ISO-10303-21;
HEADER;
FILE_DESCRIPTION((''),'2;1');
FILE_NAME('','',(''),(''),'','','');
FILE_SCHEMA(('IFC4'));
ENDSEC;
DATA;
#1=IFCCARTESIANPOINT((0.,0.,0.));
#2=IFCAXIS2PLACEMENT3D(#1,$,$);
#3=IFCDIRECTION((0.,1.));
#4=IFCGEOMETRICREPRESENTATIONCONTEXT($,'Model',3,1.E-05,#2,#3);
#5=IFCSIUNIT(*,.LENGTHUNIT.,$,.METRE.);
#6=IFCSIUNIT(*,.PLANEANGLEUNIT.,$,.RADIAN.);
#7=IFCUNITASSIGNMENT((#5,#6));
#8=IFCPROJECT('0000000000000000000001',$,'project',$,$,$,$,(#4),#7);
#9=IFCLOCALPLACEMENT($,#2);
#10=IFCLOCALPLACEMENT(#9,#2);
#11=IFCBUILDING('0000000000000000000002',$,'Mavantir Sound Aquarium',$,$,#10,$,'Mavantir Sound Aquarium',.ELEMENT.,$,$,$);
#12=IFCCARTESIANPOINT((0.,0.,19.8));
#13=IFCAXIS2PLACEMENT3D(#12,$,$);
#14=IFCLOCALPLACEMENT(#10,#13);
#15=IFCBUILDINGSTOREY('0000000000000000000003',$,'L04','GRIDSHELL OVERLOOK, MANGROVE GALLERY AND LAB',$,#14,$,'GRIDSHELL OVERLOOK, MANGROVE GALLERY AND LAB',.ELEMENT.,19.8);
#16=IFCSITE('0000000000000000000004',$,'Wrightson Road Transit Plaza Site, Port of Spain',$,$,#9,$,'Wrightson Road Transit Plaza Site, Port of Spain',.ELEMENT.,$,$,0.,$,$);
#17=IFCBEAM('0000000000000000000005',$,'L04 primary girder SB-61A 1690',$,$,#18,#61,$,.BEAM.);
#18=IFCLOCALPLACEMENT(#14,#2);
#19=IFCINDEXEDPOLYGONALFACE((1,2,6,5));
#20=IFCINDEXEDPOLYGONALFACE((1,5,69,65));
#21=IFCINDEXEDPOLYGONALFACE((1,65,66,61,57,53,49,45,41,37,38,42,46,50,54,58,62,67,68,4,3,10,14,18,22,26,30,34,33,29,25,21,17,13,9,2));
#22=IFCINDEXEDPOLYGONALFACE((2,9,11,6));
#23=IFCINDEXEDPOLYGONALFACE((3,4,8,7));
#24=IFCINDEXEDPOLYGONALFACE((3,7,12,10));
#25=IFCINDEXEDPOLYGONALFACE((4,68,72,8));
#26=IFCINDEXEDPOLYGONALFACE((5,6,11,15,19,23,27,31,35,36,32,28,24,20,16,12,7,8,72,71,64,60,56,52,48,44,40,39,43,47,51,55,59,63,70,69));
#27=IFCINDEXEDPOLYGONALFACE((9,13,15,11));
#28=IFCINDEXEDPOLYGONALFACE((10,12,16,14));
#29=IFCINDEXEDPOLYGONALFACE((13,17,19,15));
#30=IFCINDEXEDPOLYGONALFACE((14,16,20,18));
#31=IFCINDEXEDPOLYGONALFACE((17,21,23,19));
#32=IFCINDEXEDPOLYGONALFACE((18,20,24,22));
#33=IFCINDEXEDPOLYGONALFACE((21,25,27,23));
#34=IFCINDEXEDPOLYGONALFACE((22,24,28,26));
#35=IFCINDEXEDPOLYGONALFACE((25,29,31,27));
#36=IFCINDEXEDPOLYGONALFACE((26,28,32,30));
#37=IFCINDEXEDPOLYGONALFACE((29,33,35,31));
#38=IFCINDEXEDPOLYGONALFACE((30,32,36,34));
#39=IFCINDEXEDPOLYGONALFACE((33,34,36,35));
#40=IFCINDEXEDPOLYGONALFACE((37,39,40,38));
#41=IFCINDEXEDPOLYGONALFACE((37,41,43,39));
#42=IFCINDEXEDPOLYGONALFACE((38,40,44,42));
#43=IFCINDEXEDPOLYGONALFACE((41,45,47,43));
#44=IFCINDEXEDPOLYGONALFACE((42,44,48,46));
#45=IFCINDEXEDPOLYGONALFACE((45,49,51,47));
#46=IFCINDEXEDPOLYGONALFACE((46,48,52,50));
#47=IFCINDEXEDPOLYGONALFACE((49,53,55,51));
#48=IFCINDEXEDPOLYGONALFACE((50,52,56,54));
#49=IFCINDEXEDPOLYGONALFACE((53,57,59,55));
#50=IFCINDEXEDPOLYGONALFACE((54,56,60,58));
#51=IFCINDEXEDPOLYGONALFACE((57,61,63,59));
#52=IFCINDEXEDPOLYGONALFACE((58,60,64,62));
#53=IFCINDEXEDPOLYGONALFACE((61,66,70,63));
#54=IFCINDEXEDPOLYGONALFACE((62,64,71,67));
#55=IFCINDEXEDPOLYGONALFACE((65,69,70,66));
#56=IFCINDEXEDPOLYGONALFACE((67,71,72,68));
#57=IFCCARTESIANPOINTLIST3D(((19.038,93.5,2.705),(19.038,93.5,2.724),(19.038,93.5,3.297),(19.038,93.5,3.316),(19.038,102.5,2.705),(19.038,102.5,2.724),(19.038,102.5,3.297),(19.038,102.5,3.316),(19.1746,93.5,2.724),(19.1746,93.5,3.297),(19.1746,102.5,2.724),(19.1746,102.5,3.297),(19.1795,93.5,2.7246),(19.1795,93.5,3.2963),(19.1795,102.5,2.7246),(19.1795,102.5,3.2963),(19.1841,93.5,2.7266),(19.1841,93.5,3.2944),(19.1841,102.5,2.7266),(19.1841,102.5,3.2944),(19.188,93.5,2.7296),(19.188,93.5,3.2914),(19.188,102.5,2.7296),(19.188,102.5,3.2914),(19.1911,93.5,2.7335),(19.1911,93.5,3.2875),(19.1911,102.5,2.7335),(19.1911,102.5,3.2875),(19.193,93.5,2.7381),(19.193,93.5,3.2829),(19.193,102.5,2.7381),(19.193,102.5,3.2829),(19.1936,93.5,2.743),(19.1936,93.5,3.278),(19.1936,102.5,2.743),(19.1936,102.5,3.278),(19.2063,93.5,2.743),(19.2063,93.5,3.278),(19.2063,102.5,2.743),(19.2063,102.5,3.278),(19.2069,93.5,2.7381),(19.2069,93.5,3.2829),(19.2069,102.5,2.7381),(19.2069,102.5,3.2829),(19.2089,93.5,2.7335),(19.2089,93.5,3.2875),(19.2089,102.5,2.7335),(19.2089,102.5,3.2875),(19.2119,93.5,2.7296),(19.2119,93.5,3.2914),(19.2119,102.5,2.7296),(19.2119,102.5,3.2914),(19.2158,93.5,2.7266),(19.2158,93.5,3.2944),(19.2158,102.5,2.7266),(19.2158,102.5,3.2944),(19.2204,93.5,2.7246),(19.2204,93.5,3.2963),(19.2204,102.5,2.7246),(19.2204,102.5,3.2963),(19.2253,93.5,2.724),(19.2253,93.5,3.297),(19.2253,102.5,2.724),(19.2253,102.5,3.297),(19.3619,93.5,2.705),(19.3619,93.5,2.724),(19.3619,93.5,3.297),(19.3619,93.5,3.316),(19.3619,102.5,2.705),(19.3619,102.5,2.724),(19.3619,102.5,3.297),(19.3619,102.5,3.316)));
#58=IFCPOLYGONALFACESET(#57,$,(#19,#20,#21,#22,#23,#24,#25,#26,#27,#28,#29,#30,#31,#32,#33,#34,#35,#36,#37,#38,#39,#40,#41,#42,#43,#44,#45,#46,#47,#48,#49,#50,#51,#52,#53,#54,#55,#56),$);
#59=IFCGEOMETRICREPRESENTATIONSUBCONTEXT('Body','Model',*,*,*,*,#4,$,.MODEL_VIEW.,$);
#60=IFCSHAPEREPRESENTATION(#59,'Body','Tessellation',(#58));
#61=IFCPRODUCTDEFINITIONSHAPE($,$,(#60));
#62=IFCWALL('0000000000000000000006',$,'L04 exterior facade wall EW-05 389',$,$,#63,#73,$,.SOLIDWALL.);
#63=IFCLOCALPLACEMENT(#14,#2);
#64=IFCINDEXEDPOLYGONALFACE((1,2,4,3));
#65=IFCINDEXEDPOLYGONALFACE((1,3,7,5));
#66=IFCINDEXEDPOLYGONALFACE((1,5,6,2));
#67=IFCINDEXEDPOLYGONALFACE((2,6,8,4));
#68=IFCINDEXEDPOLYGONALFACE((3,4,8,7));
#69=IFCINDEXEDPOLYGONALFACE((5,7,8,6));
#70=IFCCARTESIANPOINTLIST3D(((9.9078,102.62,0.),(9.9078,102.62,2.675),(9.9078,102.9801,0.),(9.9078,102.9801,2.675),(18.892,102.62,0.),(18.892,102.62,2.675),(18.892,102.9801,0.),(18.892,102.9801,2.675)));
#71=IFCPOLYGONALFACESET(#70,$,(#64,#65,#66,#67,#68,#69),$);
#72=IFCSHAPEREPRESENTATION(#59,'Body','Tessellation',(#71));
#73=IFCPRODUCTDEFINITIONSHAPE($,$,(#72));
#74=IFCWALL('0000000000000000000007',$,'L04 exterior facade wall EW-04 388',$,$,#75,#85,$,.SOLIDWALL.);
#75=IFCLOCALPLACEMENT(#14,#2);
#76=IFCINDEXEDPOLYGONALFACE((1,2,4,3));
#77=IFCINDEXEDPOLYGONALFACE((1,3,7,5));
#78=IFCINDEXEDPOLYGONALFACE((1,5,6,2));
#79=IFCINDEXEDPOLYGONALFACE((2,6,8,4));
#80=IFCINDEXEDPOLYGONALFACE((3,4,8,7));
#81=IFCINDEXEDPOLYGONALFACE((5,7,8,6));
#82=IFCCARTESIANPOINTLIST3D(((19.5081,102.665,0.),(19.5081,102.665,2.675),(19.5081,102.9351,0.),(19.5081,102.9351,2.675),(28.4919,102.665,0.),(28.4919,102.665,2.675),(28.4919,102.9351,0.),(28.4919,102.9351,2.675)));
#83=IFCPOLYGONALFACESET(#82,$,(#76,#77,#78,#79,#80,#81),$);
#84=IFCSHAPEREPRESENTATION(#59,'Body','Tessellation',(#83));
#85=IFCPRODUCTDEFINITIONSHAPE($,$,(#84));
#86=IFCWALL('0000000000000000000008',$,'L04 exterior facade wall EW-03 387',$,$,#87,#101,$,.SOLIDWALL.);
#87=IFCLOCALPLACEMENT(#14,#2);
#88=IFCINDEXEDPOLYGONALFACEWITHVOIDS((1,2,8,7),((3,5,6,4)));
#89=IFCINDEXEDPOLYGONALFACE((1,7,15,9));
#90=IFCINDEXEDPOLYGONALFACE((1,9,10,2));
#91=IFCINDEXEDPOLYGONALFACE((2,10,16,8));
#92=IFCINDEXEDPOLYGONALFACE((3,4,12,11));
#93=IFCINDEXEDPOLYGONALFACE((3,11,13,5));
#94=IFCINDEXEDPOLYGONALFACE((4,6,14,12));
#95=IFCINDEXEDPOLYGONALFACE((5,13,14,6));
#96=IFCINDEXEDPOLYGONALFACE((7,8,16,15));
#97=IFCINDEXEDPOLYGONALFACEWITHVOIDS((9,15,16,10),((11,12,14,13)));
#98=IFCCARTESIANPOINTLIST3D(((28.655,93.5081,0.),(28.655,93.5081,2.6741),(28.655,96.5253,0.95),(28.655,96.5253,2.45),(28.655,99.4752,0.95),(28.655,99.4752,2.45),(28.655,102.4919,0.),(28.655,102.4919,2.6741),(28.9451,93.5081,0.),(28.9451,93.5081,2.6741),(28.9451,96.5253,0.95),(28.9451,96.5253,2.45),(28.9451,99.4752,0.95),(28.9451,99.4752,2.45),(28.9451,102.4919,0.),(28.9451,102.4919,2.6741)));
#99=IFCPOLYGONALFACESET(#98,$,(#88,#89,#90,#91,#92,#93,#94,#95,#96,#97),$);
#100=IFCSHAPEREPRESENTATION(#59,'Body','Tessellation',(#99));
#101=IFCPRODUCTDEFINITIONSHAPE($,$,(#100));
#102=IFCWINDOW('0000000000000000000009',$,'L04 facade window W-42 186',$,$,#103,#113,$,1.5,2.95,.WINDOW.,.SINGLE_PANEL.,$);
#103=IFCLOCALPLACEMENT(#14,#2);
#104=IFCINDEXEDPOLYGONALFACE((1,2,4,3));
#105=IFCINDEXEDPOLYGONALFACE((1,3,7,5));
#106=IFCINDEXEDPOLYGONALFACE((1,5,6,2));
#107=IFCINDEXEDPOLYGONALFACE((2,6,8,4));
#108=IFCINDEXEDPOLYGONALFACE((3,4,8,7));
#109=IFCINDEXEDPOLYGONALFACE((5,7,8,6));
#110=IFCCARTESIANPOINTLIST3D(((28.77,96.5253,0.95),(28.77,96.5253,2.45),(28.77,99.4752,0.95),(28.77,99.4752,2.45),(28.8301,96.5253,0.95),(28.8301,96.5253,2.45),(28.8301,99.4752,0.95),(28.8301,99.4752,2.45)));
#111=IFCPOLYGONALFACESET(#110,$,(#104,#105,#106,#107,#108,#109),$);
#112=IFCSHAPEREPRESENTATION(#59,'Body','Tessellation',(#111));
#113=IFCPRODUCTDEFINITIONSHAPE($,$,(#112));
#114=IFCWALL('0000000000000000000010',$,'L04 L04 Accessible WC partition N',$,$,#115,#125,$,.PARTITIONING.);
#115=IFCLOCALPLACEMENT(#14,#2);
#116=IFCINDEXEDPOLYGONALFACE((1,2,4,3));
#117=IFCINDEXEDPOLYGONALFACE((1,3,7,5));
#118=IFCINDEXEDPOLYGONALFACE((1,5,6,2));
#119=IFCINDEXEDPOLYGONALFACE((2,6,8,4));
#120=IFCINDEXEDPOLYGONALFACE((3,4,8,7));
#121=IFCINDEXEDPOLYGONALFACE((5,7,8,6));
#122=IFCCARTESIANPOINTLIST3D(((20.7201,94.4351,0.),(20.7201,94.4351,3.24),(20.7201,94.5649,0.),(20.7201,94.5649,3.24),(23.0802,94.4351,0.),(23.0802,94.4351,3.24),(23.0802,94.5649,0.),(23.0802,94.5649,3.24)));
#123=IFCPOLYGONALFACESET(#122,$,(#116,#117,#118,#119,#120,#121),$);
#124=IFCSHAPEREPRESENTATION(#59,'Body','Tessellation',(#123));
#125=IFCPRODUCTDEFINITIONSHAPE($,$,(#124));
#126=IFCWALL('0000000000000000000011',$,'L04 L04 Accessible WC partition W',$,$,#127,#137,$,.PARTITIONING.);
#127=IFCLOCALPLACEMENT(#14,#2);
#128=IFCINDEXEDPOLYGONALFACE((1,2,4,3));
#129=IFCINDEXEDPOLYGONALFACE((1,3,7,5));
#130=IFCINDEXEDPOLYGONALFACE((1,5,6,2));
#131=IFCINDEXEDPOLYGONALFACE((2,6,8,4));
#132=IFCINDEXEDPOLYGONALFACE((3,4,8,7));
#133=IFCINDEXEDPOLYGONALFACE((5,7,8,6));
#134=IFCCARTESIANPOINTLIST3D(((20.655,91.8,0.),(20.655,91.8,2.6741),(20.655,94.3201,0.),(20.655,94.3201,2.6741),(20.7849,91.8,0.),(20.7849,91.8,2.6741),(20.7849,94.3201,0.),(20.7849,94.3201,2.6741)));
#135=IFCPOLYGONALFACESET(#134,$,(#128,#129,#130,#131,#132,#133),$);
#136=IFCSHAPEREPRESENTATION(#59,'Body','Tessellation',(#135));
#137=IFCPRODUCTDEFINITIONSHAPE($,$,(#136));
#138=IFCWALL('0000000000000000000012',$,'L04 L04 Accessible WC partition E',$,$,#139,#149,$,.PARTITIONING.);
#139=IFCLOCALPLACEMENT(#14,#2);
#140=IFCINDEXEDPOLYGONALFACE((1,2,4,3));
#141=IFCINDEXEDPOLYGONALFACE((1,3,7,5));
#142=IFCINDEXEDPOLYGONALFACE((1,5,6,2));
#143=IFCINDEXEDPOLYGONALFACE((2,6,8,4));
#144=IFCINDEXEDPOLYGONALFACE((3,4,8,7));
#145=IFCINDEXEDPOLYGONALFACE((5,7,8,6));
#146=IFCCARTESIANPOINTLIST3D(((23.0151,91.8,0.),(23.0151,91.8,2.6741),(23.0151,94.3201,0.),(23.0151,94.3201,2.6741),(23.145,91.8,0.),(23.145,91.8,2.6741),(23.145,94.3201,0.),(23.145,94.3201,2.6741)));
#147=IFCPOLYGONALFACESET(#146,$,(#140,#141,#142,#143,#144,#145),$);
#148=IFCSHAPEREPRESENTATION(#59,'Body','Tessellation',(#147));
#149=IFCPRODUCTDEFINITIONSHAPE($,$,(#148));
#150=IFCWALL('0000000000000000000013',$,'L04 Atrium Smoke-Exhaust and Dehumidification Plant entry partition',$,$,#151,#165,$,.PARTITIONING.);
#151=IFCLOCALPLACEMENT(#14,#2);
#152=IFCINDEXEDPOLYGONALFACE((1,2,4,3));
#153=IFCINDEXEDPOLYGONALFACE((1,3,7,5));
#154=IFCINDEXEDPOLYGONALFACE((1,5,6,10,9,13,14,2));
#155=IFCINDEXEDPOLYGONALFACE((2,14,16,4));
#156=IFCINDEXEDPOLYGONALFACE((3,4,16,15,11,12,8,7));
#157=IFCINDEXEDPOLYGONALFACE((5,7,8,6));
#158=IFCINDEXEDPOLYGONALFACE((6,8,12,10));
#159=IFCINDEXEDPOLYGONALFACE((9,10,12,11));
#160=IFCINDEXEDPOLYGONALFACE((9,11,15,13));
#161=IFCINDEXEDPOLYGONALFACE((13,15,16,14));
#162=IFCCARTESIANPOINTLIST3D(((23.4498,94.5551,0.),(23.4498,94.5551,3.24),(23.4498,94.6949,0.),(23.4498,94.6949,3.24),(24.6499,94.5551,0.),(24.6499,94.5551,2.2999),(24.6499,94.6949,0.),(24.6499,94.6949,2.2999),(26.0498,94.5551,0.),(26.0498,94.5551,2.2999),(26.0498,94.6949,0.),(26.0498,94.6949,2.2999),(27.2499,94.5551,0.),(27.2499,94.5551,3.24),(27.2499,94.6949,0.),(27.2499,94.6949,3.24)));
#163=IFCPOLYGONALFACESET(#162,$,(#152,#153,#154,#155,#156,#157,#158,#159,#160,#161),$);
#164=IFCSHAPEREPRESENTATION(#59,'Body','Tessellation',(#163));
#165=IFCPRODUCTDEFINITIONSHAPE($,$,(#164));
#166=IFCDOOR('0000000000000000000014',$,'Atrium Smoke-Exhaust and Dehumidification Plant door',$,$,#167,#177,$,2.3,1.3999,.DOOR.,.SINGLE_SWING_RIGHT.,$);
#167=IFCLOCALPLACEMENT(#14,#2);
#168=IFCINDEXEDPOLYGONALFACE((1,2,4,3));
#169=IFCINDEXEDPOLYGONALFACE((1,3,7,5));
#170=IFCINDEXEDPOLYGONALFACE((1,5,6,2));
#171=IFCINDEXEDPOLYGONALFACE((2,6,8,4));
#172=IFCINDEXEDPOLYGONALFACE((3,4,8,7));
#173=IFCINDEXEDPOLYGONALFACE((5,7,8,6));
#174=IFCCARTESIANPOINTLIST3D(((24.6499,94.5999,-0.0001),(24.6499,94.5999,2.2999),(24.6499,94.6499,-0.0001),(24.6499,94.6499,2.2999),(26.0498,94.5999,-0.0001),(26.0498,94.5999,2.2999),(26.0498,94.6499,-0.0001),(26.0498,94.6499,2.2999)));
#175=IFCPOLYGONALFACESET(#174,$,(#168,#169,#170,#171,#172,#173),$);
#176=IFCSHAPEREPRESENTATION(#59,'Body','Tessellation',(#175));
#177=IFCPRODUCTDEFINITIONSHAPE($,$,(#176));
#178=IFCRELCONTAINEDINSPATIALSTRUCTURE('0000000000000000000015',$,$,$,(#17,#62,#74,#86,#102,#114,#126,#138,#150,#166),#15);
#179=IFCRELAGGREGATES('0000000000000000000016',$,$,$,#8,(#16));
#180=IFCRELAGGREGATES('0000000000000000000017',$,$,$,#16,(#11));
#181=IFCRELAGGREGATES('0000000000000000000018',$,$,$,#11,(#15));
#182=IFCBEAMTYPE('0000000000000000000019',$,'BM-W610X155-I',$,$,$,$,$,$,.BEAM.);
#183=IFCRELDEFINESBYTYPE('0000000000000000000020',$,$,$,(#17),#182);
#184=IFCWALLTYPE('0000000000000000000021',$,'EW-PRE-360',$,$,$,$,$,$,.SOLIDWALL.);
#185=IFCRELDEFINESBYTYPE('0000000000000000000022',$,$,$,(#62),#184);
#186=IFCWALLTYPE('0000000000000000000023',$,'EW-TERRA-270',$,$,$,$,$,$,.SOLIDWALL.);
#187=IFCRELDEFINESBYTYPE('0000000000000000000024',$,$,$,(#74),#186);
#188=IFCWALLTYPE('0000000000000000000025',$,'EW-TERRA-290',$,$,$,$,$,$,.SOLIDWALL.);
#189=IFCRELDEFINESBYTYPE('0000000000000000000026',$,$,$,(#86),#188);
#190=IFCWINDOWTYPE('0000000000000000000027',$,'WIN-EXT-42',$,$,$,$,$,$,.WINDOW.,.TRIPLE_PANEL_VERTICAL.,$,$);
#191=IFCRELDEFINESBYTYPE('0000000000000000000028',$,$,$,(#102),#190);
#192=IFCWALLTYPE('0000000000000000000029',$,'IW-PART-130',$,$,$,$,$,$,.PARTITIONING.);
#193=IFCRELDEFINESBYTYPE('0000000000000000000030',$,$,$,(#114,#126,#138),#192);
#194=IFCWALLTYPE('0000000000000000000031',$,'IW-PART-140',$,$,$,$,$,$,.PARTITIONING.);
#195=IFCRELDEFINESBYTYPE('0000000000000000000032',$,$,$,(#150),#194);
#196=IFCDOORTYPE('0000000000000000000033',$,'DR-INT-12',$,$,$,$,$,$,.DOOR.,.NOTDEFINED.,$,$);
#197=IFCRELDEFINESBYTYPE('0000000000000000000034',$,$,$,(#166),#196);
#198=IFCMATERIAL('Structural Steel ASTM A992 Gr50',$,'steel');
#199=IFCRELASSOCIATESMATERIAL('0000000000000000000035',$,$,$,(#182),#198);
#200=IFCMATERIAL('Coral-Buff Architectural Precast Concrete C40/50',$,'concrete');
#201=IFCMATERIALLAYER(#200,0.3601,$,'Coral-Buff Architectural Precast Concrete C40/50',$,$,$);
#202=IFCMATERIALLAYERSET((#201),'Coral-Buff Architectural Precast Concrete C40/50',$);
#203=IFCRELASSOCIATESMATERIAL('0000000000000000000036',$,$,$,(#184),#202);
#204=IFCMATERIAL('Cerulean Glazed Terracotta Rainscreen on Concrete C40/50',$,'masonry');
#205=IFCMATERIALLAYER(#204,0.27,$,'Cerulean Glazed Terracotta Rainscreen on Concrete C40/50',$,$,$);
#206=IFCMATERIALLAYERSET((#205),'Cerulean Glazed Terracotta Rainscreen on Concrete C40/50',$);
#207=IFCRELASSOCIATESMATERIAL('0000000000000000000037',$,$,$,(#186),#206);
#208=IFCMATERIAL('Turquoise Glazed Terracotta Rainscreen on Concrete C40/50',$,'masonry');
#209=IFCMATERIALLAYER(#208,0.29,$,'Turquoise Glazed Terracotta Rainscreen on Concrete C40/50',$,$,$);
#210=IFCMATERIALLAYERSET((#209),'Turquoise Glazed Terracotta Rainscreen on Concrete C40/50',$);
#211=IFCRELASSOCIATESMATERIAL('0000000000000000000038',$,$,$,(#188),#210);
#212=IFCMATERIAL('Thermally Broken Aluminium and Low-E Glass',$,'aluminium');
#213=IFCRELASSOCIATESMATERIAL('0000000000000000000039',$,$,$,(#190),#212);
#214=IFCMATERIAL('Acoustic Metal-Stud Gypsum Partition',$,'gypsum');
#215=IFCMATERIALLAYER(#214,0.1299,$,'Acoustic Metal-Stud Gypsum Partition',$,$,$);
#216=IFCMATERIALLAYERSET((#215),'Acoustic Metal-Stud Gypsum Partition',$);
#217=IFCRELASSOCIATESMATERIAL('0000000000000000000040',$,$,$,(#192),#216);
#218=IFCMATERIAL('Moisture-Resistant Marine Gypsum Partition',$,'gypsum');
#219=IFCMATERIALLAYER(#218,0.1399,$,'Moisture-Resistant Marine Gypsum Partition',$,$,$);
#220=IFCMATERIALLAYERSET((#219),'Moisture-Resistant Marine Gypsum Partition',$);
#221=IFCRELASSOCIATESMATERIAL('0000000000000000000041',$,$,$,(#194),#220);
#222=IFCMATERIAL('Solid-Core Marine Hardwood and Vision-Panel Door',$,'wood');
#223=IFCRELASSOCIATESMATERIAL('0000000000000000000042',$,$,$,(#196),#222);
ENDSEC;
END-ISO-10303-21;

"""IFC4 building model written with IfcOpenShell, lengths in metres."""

from ifc_helpers import new_model, si_unit, direction, frame, frame_2d, origin, origin_2d, place, context, subcontext, project, spatial, rectangle, i_section, extrude, material, layer, layer_set, material_profile, profile_set, type_object, element, fill, save


model = new_model("IFC4")

# Units and contexts
model_context = context("Model", 3, precision=1e-05, world=origin(), true_north=direction((0.0, 1.0)))
body_context = subcontext(model_context, "Body", "Model", "MODEL_VIEW")
ifc_project = project(units=[si_unit("LENGTHUNIT", "METRE"), si_unit("PLANEANGLEUNIT", "RADIAN")], contexts=[model_context])

# Site, building, storey
site_placement = place(None, origin())
site = spatial("IfcSite", under=ifc_project, at=site_placement, Name="Wrightson Road Transit Plaza Site, Port of Spain", LongName="Wrightson Road Transit Plaza Site, Port of Spain", CompositionType="ELEMENT", RefElevation=0.0)
building_placement = place(site_placement, origin())
building = spatial("IfcBuilding", under=site, at=building_placement, Name="Mavantir Sound Aquarium", LongName="Mavantir Sound Aquarium", CompositionType="ELEMENT")
storey_placement = place(building_placement, frame((0.0, 0.0, 19.8)))
storey = spatial("IfcBuildingStorey", under=building, at=storey_placement, Name="L04", Description="GRIDSHELL OVERLOOK, MANGROVE GALLERY AND LAB", LongName="GRIDSHELL OVERLOOK, MANGROVE GALLERY AND LAB", CompositionType="ELEMENT", Elevation=19.8)

# Beam
ifc_material_1 = material(Name="Structural Steel ASTM A992 Gr50", Category="steel")
ifc_material_profile_1 = material_profile(ifc_material_1, i_section(OverallWidth=0.324, OverallDepth=0.6111, WebThickness=0.0127, FlangeThickness=0.019, FilletRadius=0.019, at=origin_2d()), Name="W610X155")
ifc_profile_set_1 = profile_set([ifc_material_profile_1], Name="Structural Steel ASTM A992 Gr50")
beam_type_1 = type_object("IfcBeamType", Name="BM-W610X155-I", PredefinedType="BEAM", material=ifc_profile_set_1)
beam_1_placement = place(storey_placement, frame((19.2, 93.5, 3.0105), z_axis=(0.0, 1.0, 0.0), x_axis=(-1.0, 0.0, 0.0)))
element("IfcBeam", 1, at=beam_1_placement, inside=storey, type_object=beam_type_1, Name="L04 primary girder SB-61A 1690", PredefinedType="BEAM", context=body_context, shape_type="SweptSolid", body=[
    extrude(i_section(OverallWidth=0.324, OverallDepth=0.6111, WebThickness=0.0127, FlangeThickness=0.019, FilletRadius=0.019, at=origin_2d()), origin(), (0.0, 0.0, 1.0), 9.0),
])

# Walls
ifc_material_2 = material(Name="Coral-Buff Architectural Precast Concrete C40/50", Category="concrete")
ifc_layer_1 = layer(ifc_material_2, 0.3601, Name="Coral-Buff Architectural Precast Concrete C40/50")
ifc_layer_set_1 = layer_set([ifc_layer_1], Name="Coral-Buff Architectural Precast Concrete C40/50")
wall_type_1 = type_object("IfcWallType", Name="EW-PRE-360", PredefinedType="SOLIDWALL", material=ifc_layer_set_1)
wall_1_placement = place(storey_placement, frame((18.8921, 102.8, 0.0), z_axis=(0.0, 0.0, 1.0), x_axis=(-1.0, 0.0, 0.0)))
element("IfcWall", 2, at=wall_1_placement, inside=storey, type_object=wall_type_1, Name="L04 exterior facade wall EW-05 389", PredefinedType="SOLIDWALL", context=body_context, shape_type="SweptSolid", body=[
    extrude(rectangle(XDim=8.9841, YDim=0.3601, at=frame_2d((4.4922, 0.0))), origin(), (0.0, 0.0, 1.0), 2.675),
])
ifc_material_3 = material(Name="Cerulean Glazed Terracotta Rainscreen on Concrete C40/50", Category="masonry")
ifc_layer_2 = layer(ifc_material_3, 0.27, Name="Cerulean Glazed Terracotta Rainscreen on Concrete C40/50")
ifc_layer_set_2 = layer_set([ifc_layer_2], Name="Cerulean Glazed Terracotta Rainscreen on Concrete C40/50")
wall_type_2 = type_object("IfcWallType", Name="EW-TERRA-270", PredefinedType="SOLIDWALL", material=ifc_layer_set_2)
wall_2_placement = place(storey_placement, frame((28.4919, 102.8, 0.0), z_axis=(0.0, 0.0, 1.0), x_axis=(-1.0, 0.0, 0.0)))
element("IfcWall", 3, at=wall_2_placement, inside=storey, type_object=wall_type_2, Name="L04 exterior facade wall EW-04 388", PredefinedType="SOLIDWALL", context=body_context, shape_type="SweptSolid", body=[
    extrude(rectangle(XDim=8.9839, YDim=0.27, at=frame_2d((4.4919, 0.0))), origin(), (0.0, 0.0, 1.0), 2.675),
])

# Wall, opening, window
ifc_material_4 = material(Name="Turquoise Glazed Terracotta Rainscreen on Concrete C40/50", Category="masonry")
ifc_layer_3 = layer(ifc_material_4, 0.29, Name="Turquoise Glazed Terracotta Rainscreen on Concrete C40/50")
ifc_layer_set_3 = layer_set([ifc_layer_3], Name="Turquoise Glazed Terracotta Rainscreen on Concrete C40/50")
wall_type_3 = type_object("IfcWallType", Name="EW-TERRA-290", PredefinedType="SOLIDWALL", material=ifc_layer_set_3)
wall_3_placement = place(storey_placement, frame((28.8, 93.5081, 0.0), z_axis=(0.0, 0.0, 1.0), x_axis=(0.0, 1.0, 0.0)))
wall_3 = element("IfcWall", 4, at=wall_3_placement, inside=storey, type_object=wall_type_3, Name="L04 exterior facade wall EW-03 387", PredefinedType="SOLIDWALL", context=body_context, shape_type="SweptSolid", body=[
    extrude(rectangle(XDim=8.9839, YDim=0.29, at=frame_2d((4.4919, 0.0))), origin(), (0.0, 0.0, 1.0), 2.6741),
])
opening_1_placement = place(wall_3_placement, frame((3.0171, 0.0, 0.95)))
opening_1 = element("IfcOpeningElement", 5, at=opening_1_placement, cuts=wall_3, PredefinedType="OPENING", context=body_context, shape_type="SweptSolid", body=[
    extrude(rectangle(XDim=2.95, YDim=1.5, at=frame_2d((1.4751, 0.75))), frame((0.0, 0.155, 0.0), z_axis=(0.0, -1.0, 0.0), x_axis=(1.0, 0.0, 0.0)), (0.0, 0.0, 1.0), 0.3101),
])
ifc_material_5 = material(Name="Thermally Broken Aluminium and Low-E Glass", Category="aluminium")
window_type = type_object("IfcWindowType", Name="WIN-EXT-42", PartitioningType="TRIPLE_PANEL_VERTICAL", PredefinedType="WINDOW", material=ifc_material_5)
window_placement = place(opening_1_placement, origin())
window = element("IfcWindow", 6, at=window_placement, inside=storey, type_object=window_type, Name="L04 facade window W-42 186", OverallHeight=1.5, OverallWidth=2.95, PartitioningType="SINGLE_PANEL", PredefinedType="WINDOW", context=body_context, shape_type="SweptSolid", body=[
    extrude(rectangle(XDim=2.95, YDim=1.5, at=frame_2d((1.4751, 0.75))), frame((0.0, 0.03, 0.0), z_axis=(0.0, -1.0, 0.0), x_axis=(1.0, 0.0, 0.0)), (0.0, 0.0, 1.0), 0.0601),
])
fill(opening_1, window)

# Walls
ifc_material_6 = material(Name="Acoustic Metal-Stud Gypsum Partition", Category="gypsum")
ifc_layer_4 = layer(ifc_material_6, 0.1299, Name="Acoustic Metal-Stud Gypsum Partition")
ifc_layer_set_4 = layer_set([ifc_layer_4], Name="Acoustic Metal-Stud Gypsum Partition")
wall_type_4 = type_object("IfcWallType", Name="IW-PART-130", PredefinedType="PARTITIONING", material=ifc_layer_set_4)
wall_4_placement = place(storey_placement, frame((20.72, 94.5, 0.0), z_axis=(0.0, 0.0, 1.0), x_axis=(1.0, 0.0, 0.0)))
element("IfcWall", 7, at=wall_4_placement, inside=storey, type_object=wall_type_4, Name="L04 L04 Accessible WC partition N", PredefinedType="PARTITIONING", context=body_context, shape_type="SweptSolid", body=[
    extrude(rectangle(XDim=2.3601, YDim=0.1299, at=frame_2d((1.1802, 0.0))), origin(), (0.0, 0.0, 1.0), 3.24),
])
for number, where, z_axis, x_axis, name in (
    (8, (20.72, 91.8, 0.0), (0.0, 0.0, 1.0), (0.0, 1.0, 0.0), "L04 L04 Accessible WC partition W"),
    (9, (23.0801, 91.8, 0.0), (0.0, 0.0, 1.0), (0.0, 1.0, 0.0), "L04 L04 Accessible WC partition E"),
):
    element("IfcWall", number, at=place(storey_placement, frame(where, z_axis=z_axis, x_axis=x_axis)), inside=storey, type_object=wall_type_4, Name=name, PredefinedType="PARTITIONING", context=body_context, shape_type="SweptSolid", body=[
        extrude(rectangle(XDim=2.52, YDim=0.1299, at=frame_2d((1.26, 0.0))), origin(), (0.0, 0.0, 1.0), 2.6741),
    ])

# Wall, opening, door
ifc_material_7 = material(Name="Moisture-Resistant Marine Gypsum Partition", Category="gypsum")
ifc_layer_5 = layer(ifc_material_7, 0.1399, Name="Moisture-Resistant Marine Gypsum Partition")
ifc_layer_set_5 = layer_set([ifc_layer_5], Name="Moisture-Resistant Marine Gypsum Partition")
wall_type_5 = type_object("IfcWallType", Name="IW-PART-140", PredefinedType="PARTITIONING", material=ifc_layer_set_5)
wall_5_placement = place(storey_placement, frame((23.45, 94.625, 0.0), z_axis=(0.0, 0.0, 1.0), x_axis=(1.0, 0.0, 0.0)))
wall_5 = element("IfcWall", 10, at=wall_5_placement, inside=storey, type_object=wall_type_5, Name="L04 Atrium Smoke-Exhaust and Dehumidification Plant entry partition", PredefinedType="PARTITIONING", context=body_context, shape_type="SweptSolid", body=[
    extrude(rectangle(XDim=3.8, YDim=0.1399, at=frame_2d((1.8999, 0.0))), origin(), (0.0, 0.0, 1.0), 3.24),
])
opening_2_placement = place(wall_5_placement, frame((1.2, 0.0, 0.0)))
opening_2 = element("IfcOpeningElement", 11, at=opening_2_placement, cuts=wall_5, PredefinedType="OPENING", context=body_context, shape_type="SweptSolid", body=[
    extrude(rectangle(XDim=1.3999, YDim=2.3, at=frame_2d((0.7, 1.1499))), frame((0.0, 0.0801, 0.0), z_axis=(0.0, -1.0, 0.0), x_axis=(1.0, 0.0, 0.0)), (0.0, 0.0, 1.0), 0.1599),
])
ifc_material_8 = material(Name="Solid-Core Marine Hardwood and Vision-Panel Door", Category="wood")
door_type = type_object("IfcDoorType", Name="DR-INT-12", OperationType="NOTDEFINED", PredefinedType="DOOR", material=ifc_material_8)
door_placement = place(opening_2_placement, origin())
door = element("IfcDoor", 12, at=door_placement, inside=storey, type_object=door_type, Name="Atrium Smoke-Exhaust and Dehumidification Plant door", OperationType="SINGLE_SWING_RIGHT", OverallHeight=2.3, OverallWidth=1.3999, PredefinedType="DOOR", context=body_context, shape_type="SweptSolid", body=[
    extrude(rectangle(XDim=1.3999, YDim=2.3, at=frame_2d((0.7, 1.1499))), frame((0.0, 0.0249, 0.0), z_axis=(0.0, -1.0, 0.0), x_axis=(1.0, 0.0, 0.0)), (0.0, 0.0, 1.0), 0.05),
])
fill(opening_2, door)

save(model, "model.ifc")
